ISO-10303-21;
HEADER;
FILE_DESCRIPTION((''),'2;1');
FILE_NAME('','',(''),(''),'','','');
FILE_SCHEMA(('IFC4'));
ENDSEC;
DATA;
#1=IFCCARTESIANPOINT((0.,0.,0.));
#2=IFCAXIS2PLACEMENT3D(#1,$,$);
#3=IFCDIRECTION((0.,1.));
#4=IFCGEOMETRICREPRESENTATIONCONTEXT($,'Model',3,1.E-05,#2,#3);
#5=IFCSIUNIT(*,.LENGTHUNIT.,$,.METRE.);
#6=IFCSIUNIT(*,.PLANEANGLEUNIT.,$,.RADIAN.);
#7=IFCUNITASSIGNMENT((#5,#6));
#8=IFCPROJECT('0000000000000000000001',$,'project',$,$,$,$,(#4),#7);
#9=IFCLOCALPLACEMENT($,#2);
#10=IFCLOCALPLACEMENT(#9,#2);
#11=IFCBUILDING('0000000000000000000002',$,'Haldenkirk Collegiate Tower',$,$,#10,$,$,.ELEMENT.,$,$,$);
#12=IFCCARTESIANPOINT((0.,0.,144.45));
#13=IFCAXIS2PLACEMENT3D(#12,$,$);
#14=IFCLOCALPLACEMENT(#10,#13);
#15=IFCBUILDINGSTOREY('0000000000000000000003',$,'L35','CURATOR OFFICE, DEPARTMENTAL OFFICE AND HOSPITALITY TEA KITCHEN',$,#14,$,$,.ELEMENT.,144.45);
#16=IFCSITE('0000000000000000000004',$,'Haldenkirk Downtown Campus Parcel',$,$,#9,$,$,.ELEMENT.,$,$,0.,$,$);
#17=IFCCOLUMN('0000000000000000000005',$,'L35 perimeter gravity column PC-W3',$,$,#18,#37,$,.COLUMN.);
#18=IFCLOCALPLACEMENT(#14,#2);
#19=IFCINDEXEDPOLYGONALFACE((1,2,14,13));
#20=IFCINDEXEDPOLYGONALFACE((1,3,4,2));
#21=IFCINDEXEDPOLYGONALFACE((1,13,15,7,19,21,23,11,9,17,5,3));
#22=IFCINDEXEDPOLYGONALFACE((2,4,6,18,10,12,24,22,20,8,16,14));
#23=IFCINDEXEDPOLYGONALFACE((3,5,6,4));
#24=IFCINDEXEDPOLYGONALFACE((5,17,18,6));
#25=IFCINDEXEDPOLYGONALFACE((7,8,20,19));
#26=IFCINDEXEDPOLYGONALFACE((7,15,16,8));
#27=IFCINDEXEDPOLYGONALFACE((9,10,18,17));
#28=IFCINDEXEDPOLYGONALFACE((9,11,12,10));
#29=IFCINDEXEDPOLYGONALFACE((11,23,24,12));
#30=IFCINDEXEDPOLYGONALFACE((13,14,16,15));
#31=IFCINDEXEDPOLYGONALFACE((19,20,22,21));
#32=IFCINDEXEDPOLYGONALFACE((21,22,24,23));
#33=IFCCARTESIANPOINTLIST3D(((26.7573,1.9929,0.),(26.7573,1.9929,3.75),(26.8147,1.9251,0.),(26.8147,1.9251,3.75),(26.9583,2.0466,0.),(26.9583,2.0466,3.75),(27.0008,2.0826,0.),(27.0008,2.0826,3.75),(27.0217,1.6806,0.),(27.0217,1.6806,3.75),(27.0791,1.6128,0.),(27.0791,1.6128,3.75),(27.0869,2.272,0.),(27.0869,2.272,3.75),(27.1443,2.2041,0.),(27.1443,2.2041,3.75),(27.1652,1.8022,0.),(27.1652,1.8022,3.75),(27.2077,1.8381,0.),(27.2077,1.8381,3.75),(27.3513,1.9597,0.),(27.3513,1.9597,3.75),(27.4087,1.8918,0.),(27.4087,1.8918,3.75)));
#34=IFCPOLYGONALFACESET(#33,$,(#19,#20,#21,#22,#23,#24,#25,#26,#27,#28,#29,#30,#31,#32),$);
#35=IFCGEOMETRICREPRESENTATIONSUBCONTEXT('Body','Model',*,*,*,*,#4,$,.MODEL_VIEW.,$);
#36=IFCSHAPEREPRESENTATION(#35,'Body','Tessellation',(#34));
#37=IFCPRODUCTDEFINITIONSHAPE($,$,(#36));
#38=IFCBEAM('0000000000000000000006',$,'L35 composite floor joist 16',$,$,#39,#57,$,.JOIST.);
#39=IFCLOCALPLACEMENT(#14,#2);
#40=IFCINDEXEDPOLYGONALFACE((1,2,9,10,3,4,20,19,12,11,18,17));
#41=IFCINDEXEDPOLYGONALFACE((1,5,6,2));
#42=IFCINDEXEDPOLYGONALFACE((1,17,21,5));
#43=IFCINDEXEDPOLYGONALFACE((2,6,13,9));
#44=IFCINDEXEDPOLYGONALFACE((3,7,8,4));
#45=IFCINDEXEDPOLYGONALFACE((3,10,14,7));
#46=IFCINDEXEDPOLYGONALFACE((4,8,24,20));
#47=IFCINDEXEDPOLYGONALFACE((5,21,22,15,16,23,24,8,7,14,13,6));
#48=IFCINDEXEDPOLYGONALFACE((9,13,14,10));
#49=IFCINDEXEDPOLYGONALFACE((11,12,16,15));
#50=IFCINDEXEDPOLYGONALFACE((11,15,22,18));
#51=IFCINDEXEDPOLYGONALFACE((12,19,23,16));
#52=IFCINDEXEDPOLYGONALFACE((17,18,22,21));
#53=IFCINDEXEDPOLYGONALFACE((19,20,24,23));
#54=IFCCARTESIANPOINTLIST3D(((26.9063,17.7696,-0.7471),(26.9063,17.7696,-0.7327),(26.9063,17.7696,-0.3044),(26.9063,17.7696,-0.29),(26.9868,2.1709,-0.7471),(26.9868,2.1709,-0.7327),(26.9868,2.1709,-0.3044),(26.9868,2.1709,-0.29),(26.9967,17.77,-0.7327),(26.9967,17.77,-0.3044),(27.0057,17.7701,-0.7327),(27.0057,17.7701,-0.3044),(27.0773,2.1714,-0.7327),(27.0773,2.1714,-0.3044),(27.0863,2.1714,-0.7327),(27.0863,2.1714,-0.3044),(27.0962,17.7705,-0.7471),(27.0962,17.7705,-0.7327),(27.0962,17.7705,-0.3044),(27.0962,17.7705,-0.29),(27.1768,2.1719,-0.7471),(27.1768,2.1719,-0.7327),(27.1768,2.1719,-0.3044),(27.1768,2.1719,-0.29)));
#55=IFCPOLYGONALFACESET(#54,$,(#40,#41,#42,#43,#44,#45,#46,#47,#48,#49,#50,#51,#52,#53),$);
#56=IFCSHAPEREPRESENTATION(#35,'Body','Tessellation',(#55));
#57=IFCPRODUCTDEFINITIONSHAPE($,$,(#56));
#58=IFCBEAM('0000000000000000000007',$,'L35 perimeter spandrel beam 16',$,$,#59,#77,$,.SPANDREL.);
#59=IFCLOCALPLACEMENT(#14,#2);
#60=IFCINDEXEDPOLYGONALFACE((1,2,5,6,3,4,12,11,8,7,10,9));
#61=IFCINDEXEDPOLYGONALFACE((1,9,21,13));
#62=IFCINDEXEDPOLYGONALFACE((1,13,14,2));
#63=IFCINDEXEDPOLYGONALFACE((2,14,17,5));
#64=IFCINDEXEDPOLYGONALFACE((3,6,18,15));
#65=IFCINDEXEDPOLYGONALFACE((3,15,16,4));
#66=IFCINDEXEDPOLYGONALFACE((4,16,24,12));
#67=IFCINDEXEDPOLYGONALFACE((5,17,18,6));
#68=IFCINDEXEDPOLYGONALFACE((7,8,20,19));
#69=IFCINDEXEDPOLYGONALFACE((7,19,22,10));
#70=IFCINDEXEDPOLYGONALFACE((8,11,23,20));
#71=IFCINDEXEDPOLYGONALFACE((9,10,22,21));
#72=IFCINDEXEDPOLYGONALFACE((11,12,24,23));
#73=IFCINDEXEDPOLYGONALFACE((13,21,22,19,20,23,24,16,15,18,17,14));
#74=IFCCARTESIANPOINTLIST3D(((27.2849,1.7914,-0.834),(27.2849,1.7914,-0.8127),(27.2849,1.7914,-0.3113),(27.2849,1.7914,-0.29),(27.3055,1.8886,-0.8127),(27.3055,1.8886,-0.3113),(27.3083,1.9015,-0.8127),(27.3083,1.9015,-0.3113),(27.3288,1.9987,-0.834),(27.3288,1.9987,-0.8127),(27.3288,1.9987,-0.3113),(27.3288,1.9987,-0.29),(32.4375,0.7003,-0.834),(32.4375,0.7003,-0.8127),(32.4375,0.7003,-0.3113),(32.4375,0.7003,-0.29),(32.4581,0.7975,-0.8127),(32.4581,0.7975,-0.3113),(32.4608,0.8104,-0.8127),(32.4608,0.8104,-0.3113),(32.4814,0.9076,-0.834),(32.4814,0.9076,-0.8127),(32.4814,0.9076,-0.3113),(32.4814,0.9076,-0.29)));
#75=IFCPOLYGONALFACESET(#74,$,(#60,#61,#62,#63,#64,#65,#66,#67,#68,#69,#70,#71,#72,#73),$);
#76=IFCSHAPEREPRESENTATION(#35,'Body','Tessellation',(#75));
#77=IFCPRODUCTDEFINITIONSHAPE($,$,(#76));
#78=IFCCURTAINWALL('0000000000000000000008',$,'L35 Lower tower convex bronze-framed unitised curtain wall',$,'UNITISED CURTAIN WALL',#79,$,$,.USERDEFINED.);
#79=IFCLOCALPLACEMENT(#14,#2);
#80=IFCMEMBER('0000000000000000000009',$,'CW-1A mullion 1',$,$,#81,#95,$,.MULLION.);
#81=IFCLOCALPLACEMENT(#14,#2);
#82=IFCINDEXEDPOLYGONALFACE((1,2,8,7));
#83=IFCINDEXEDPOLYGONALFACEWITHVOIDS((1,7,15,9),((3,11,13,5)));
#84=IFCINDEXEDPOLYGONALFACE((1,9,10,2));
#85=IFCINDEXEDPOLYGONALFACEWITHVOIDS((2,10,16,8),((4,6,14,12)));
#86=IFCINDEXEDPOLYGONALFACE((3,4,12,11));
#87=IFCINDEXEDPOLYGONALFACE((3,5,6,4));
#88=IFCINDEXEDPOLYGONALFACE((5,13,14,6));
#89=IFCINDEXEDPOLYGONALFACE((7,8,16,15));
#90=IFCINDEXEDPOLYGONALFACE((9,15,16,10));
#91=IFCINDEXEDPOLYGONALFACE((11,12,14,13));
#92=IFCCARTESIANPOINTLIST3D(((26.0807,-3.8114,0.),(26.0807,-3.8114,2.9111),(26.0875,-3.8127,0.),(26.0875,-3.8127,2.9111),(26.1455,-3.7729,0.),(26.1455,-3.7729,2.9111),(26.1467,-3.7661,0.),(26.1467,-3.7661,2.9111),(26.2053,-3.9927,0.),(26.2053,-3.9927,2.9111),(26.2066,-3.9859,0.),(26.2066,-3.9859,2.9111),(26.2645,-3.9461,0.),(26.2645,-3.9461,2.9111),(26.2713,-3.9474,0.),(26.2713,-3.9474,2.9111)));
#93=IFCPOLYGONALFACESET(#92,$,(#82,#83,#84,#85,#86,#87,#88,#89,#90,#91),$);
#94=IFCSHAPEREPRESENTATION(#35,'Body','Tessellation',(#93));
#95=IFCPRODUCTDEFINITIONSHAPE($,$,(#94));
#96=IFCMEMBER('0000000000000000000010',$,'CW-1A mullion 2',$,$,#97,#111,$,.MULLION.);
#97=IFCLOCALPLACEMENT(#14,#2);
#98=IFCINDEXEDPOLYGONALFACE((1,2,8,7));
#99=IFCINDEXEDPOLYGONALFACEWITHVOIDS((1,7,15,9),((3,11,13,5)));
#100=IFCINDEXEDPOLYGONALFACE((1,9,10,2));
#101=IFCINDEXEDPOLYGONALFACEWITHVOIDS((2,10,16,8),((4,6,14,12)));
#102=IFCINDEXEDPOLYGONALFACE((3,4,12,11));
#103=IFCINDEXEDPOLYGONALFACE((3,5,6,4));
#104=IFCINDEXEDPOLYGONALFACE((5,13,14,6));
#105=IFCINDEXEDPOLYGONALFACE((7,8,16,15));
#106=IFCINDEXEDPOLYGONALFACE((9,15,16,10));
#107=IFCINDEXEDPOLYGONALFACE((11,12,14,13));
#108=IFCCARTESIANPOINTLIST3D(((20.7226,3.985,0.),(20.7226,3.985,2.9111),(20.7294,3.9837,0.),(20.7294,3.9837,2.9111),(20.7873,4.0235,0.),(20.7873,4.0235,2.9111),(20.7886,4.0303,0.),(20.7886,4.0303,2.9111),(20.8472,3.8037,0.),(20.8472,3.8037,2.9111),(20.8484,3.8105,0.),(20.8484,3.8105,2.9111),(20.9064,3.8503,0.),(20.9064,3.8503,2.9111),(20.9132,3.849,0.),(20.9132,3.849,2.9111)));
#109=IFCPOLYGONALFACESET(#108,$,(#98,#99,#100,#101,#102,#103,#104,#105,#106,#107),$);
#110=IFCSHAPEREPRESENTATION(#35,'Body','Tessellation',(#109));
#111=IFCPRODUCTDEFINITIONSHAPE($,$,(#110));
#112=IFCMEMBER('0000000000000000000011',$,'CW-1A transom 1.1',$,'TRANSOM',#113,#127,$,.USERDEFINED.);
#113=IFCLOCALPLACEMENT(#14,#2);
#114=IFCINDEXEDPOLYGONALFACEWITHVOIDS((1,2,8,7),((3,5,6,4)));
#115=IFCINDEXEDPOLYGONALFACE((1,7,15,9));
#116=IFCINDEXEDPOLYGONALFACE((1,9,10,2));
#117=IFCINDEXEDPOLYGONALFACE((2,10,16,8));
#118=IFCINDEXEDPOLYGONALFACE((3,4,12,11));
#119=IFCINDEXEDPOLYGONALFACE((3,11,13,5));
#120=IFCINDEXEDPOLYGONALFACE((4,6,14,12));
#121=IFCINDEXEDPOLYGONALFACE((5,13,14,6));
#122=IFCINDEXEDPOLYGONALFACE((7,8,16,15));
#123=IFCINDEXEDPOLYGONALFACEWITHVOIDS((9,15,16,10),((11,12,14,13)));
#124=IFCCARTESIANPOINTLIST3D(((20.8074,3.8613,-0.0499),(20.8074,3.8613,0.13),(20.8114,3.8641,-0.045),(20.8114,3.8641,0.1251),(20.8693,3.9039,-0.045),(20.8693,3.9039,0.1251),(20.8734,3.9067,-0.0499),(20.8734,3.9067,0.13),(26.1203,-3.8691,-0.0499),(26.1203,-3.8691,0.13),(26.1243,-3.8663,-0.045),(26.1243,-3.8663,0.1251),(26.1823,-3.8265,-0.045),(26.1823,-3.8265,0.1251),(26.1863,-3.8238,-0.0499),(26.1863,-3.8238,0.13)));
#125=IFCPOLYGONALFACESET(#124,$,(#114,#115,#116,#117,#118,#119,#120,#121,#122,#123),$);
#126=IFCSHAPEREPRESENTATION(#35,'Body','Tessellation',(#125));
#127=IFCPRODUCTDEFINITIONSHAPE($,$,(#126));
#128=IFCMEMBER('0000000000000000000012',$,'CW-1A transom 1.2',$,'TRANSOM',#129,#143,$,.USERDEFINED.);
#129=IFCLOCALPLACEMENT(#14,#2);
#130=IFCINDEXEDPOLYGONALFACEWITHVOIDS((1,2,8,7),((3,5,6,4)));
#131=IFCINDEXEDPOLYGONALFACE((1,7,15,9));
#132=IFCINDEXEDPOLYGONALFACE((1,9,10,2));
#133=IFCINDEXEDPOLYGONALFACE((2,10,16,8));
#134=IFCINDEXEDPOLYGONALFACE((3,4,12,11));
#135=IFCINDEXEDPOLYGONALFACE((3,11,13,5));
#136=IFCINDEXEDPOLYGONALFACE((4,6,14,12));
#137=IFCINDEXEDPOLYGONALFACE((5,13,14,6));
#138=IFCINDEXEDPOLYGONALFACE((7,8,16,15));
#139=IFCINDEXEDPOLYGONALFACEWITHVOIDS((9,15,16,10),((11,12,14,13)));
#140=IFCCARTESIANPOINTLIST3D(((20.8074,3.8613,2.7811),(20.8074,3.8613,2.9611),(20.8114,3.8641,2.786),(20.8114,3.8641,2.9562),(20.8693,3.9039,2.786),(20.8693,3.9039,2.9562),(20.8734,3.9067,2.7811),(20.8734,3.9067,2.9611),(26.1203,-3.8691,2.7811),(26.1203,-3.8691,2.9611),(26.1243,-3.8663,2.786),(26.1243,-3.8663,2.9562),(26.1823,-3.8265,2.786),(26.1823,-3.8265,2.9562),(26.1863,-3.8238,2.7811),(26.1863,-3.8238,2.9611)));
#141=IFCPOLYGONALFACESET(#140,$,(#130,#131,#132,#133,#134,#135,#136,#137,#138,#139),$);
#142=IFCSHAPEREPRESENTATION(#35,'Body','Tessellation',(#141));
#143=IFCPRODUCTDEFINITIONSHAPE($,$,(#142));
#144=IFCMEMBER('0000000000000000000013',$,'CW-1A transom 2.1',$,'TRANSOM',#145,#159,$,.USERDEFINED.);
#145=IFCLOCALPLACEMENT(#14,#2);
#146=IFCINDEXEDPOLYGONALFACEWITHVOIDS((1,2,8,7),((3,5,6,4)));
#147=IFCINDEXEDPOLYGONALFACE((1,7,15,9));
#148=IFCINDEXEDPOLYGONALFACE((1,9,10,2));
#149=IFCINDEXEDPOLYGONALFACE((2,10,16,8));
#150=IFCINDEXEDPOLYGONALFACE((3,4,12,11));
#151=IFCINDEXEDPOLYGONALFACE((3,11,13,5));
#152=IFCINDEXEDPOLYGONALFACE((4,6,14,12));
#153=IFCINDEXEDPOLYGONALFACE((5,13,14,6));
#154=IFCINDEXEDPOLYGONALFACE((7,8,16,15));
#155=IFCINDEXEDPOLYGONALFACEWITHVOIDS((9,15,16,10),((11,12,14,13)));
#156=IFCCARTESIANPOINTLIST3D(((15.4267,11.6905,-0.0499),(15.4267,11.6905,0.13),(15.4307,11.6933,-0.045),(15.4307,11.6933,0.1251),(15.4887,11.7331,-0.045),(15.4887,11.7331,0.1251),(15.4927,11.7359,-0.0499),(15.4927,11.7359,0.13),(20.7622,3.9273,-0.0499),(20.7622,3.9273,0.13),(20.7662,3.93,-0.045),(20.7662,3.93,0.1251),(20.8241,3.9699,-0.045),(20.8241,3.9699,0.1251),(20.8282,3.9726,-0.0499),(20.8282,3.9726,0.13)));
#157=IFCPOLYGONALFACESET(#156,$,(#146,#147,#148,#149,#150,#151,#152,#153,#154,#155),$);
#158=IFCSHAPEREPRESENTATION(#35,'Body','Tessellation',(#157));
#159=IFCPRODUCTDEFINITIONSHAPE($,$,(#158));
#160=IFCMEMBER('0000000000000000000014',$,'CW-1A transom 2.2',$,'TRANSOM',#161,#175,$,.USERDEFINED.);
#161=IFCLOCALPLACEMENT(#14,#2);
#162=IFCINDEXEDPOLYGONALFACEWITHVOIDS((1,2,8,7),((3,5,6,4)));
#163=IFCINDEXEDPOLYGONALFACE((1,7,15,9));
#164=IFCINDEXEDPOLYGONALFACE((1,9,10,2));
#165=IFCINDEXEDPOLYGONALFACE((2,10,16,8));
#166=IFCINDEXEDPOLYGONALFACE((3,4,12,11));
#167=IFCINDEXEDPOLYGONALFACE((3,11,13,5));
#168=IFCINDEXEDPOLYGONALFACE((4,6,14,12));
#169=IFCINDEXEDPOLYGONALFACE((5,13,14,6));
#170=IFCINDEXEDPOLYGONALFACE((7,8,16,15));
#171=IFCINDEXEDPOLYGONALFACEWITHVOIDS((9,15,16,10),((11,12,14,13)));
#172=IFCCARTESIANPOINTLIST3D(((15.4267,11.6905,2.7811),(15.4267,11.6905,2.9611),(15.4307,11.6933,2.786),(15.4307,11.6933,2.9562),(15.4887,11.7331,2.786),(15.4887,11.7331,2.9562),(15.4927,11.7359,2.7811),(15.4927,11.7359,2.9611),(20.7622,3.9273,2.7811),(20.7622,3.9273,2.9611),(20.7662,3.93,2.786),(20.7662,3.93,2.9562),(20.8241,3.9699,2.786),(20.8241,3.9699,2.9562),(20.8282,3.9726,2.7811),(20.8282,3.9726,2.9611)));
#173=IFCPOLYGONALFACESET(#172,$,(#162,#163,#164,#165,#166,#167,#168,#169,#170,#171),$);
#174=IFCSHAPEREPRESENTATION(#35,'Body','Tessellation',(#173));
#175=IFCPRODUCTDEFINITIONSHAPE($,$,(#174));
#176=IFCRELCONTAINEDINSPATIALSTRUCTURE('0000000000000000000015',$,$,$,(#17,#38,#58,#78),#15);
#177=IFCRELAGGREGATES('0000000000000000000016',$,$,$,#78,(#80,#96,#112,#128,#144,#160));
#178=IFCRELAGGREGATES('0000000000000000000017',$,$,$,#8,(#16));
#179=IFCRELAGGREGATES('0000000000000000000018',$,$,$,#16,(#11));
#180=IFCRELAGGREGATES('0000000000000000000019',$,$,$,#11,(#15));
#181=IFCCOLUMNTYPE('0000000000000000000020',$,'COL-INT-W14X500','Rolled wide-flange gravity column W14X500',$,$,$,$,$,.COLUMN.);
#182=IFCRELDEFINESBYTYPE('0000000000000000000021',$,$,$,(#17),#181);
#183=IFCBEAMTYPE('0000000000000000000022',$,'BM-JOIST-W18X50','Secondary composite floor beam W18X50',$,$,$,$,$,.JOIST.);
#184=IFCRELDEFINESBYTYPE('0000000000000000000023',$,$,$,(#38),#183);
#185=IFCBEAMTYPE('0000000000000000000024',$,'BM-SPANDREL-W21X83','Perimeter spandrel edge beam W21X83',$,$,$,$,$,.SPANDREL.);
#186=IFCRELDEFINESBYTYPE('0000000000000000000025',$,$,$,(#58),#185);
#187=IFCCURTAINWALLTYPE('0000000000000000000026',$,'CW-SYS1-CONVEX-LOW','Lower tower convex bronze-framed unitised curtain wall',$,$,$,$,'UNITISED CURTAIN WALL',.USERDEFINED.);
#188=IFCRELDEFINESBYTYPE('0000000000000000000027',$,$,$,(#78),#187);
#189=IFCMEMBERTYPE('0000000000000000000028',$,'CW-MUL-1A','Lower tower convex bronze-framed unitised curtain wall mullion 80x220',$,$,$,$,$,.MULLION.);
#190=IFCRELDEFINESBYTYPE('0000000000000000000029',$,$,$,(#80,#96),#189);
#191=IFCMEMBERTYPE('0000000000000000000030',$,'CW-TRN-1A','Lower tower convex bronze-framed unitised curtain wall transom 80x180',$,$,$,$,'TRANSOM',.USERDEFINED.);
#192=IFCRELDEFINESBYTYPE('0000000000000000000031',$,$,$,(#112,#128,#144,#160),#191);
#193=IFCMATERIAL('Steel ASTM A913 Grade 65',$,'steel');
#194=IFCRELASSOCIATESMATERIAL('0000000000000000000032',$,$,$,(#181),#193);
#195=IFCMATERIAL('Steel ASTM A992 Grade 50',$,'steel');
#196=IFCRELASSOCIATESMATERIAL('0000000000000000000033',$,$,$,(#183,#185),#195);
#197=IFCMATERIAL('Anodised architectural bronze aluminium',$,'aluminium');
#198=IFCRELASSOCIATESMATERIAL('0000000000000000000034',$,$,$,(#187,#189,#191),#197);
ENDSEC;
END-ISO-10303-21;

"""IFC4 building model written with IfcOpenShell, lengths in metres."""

from ifc_helpers import new_model, si_unit, direction, frame, origin, origin_2d, place, context, subcontext, project, spatial, hollow_rectangle, i_section, extrude, material, material_profile, profile_set, type_object, element, aggregate, save


model = new_model("IFC4")

# Units and contexts
model_context = context("Model", 3, precision=1e-05, world=origin(), true_north=direction((0.0, 1.0)))
body_context = subcontext(model_context, "Body", "Model", "MODEL_VIEW")
ifc_project = project(units=[si_unit("LENGTHUNIT", "METRE"), si_unit("PLANEANGLEUNIT", "RADIAN")], contexts=[model_context])

# Site, building, storey
site_placement = place(None, origin())
site = spatial("IfcSite", under=ifc_project, at=site_placement, Name="Haldenkirk Downtown Campus Parcel", CompositionType="ELEMENT", RefElevation=0.0)
building_placement = place(site_placement, origin())
building = spatial("IfcBuilding", under=site, at=building_placement, Name="Haldenkirk Collegiate Tower", CompositionType="ELEMENT")
storey_placement = place(building_placement, frame((0.0, 0.0, 144.45)))
storey = spatial("IfcBuildingStorey", under=building, at=storey_placement, Name="L35", Description="CURATOR OFFICE, DEPARTMENTAL OFFICE AND HOSPITALITY TEA KITCHEN", CompositionType="ELEMENT", Elevation=144.45)

# Column
ifc_material_1 = material(Name="Steel ASTM A913 Grade 65", Category="steel")
ifc_material_profile_1 = material_profile(ifc_material_1, i_section(OverallWidth=0.4319, OverallDepth=0.498, WebThickness=0.0557, FlangeThickness=0.0889, at=origin_2d()), Name="W14X500")
ifc_profile_set_1 = profile_set([ifc_material_profile_1], Name="Steel ASTM A913 Grade 65")
column_type = type_object("IfcColumnType", Name="COL-INT-W14X500", Description="Rolled wide-flange gravity column W14X500", PredefinedType="COLUMN", material=ifc_profile_set_1)
column_placement = place(storey_placement, frame((27.083, 1.9424, 0.0), z_axis=(0.0, 0.0, 1.0), x_axis=(0.763232, 0.646124, 0.0)))
element("IfcColumn", 1, at=column_placement, inside=storey, type_object=column_type, Name="L35 perimeter gravity column PC-W3", PredefinedType="COLUMN", context=body_context, shape_type="SweptSolid", body=[
    extrude(i_section(OverallWidth=0.4319, OverallDepth=0.498, WebThickness=0.0557, FlangeThickness=0.0889, at=origin_2d()), origin(), (0.0, 0.0, 1.0), 3.75),
])

# Beams
ifc_material_2 = material(Name="Steel ASTM A992 Grade 50", Category="steel")
ifc_material_profile_2 = material_profile(ifc_material_2, i_section(OverallWidth=0.1899, OverallDepth=0.457, WebThickness=0.009, FlangeThickness=0.0144, at=origin_2d()), Name="W18X50")
ifc_profile_set_2 = profile_set([ifc_material_profile_2], Name="Steel ASTM A992 Grade 50")
beam_type_1 = type_object("IfcBeamType", Name="BM-JOIST-W18X50", Description="Secondary composite floor beam W18X50", PredefinedType="JOIST", material=ifc_profile_set_2)
beam_1_placement = place(storey_placement, frame((27.0818, 2.1714, -0.5186), z_axis=(-0.005165, 0.999987, 0.0), x_axis=(-0.999987, -0.005165, 0.0)))
element("IfcBeam", 2, at=beam_1_placement, inside=storey, type_object=beam_type_1, Name="L35 composite floor joist 16", PredefinedType="JOIST", context=body_context, shape_type="SweptSolid", body=[
    extrude(i_section(OverallWidth=0.1899, OverallDepth=0.457, WebThickness=0.009, FlangeThickness=0.0144, at=origin_2d()), origin(), (0.0, 0.0, 1.0), 15.5989),
])
ifc_material_profile_3 = material_profile(ifc_material_2, i_section(OverallWidth=0.2119, OverallDepth=0.5439, WebThickness=0.0132, FlangeThickness=0.0212, at=origin_2d()), Name="W21X83")
ifc_profile_set_3 = profile_set([ifc_material_profile_3], Name="Steel ASTM A992 Grade 50")
beam_type_2 = type_object("IfcBeamType", Name="BM-SPANDREL-W21X83", Description="Perimeter spandrel edge beam W21X83", PredefinedType="SPANDREL", material=ifc_profile_set_3)
beam_2_placement = place(storey_placement, frame((27.3069, 1.895, -0.562), z_axis=(0.978308, -0.207157, 0.0), x_axis=(0.207157, 0.978308, 0.0)))
element("IfcBeam", 3, at=beam_2_placement, inside=storey, type_object=beam_type_2, Name="L35 perimeter spandrel beam 16", PredefinedType="SPANDREL", context=body_context, shape_type="SweptSolid", body=[
    extrude(i_section(OverallWidth=0.2119, OverallDepth=0.5439, WebThickness=0.0132, FlangeThickness=0.0212, at=origin_2d()), origin(), (0.0, 0.0, 1.0), 5.2668),
])

# Curtain wall, members
ifc_material_3 = material(Name="Anodised architectural bronze aluminium", Category="aluminium")
curtain_wall_type = type_object("IfcCurtainWallType", Name="CW-SYS1-CONVEX-LOW", Description="Lower tower convex bronze-framed unitised curtain wall", ElementType="UNITISED CURTAIN WALL", PredefinedType="USERDEFINED", material=ifc_material_3)
curtain_wall_placement = place(storey_placement, origin())
curtain_wall = element("IfcCurtainWall", 4, at=curtain_wall_placement, inside=storey, type_object=curtain_wall_type, Name="L35 Lower tower convex bronze-framed unitised curtain wall", ObjectType="UNITISED CURTAIN WALL", PredefinedType="USERDEFINED")
ifc_material_profile_4 = material_profile(ifc_material_3, hollow_rectangle(XDim=0.0801, YDim=0.22, WallThickness=0.0049, at=origin_2d()), Name="CW-MUL-1A")
ifc_profile_set_4 = profile_set([ifc_material_profile_4], Name="Anodised architectural bronze aluminium")
member_type_1 = type_object("IfcMemberType", Name="CW-MUL-1A", Description="Lower tower convex bronze-framed unitised curtain wall mullion 80x220", PredefinedType="MULLION", material=ifc_profile_set_4)
member_1_placement = place(storey_placement, frame((26.176, -3.8794, 0.0), z_axis=(0.0, 0.0, 1.0), x_axis=(-0.824129, -0.566403, 0.0)))
member_1 = element("IfcMember", 5, at=member_1_placement, type_object=member_type_1, Name="CW-1A mullion 1", PredefinedType="MULLION", context=body_context, shape_type="SweptSolid", body=[
    extrude(hollow_rectangle(XDim=0.0801, YDim=0.22, WallThickness=0.0049, at=origin_2d()), origin(), (0.0, 0.0, 1.0), 2.9111),
])
member_2_placement = place(storey_placement, frame((20.8179, 3.917, 0.0), z_axis=(0.0, 0.0, 1.0), x_axis=(-0.824129, -0.566403, 0.0)))
member_2 = element("IfcMember", 6, at=member_2_placement, type_object=member_type_1, Name="CW-1A mullion 2", PredefinedType="MULLION", context=body_context, shape_type="SweptSolid", body=[
    extrude(hollow_rectangle(XDim=0.0801, YDim=0.22, WallThickness=0.0049, at=origin_2d()), origin(), (0.0, 0.0, 1.0), 2.9111),
])
ifc_material_profile_5 = material_profile(ifc_material_3, hollow_rectangle(XDim=0.0801, YDim=0.1799, WallThickness=0.0049, at=origin_2d()), Name="CW-TRN-1A")
ifc_profile_set_5 = profile_set([ifc_material_profile_5], Name="Anodised architectural bronze aluminium")
member_type_2 = type_object("IfcMemberType", Name="CW-TRN-1A", Description="Lower tower convex bronze-framed unitised curtain wall transom 80x180", ElementType="TRANSOM", PredefinedType="USERDEFINED", material=ifc_profile_set_5)
member_3_placement = place(storey_placement, frame((26.1533, -3.8464, 0.04), z_axis=(-0.566405, 0.824127, 0.0), x_axis=(-0.824127, -0.566405, 0.0)))
member_3 = element("IfcMember", 7, at=member_3_placement, type_object=member_type_2, Name="CW-1A transom 1.1", ObjectType="TRANSOM", PredefinedType="USERDEFINED", context=body_context, shape_type="SweptSolid", body=[
    extrude(hollow_rectangle(XDim=0.0801, YDim=0.1799, WallThickness=0.0049, at=origin_2d()), origin(), (0.0, 0.0, 1.0), 9.3801),
])
member_4_placement = place(storey_placement, frame((26.1533, -3.8464, 2.8711), z_axis=(-0.566405, 0.824127, 0.0), x_axis=(-0.824127, -0.566405, 0.0)))
member_4 = element("IfcMember", 8, at=member_4_placement, type_object=member_type_2, Name="CW-1A transom 1.2", ObjectType="TRANSOM", PredefinedType="USERDEFINED", context=body_context, shape_type="SweptSolid", body=[
    extrude(hollow_rectangle(XDim=0.0801, YDim=0.1799, WallThickness=0.0049, at=origin_2d()), origin(), (0.0, 0.0, 1.0), 9.3801),
])
member_5_placement = place(storey_placement, frame((20.7952, 3.95, 0.04), z_axis=(-0.566403, 0.824128, 0.0), x_axis=(-0.824128, -0.566403, 0.0)))
member_5 = element("IfcMember", 9, at=member_5_placement, type_object=member_type_2, Name="CW-1A transom 2.1", ObjectType="TRANSOM", PredefinedType="USERDEFINED", context=body_context, shape_type="SweptSolid", body=[
    extrude(hollow_rectangle(XDim=0.0801, YDim=0.1799, WallThickness=0.0049, at=origin_2d()), origin(), (0.0, 0.0, 1.0), 9.4199),
])
member_6_placement = place(storey_placement, frame((20.7952, 3.95, 2.8711), z_axis=(-0.566403, 0.824128, 0.0), x_axis=(-0.824128, -0.566403, 0.0)))
member_6 = element("IfcMember", 10, at=member_6_placement, type_object=member_type_2, Name="CW-1A transom 2.2", ObjectType="TRANSOM", PredefinedType="USERDEFINED", context=body_context, shape_type="SweptSolid", body=[
    extrude(hollow_rectangle(XDim=0.0801, YDim=0.1799, WallThickness=0.0049, at=origin_2d()), origin(), (0.0, 0.0, 1.0), 9.4199),
])
aggregate(curtain_wall, [member_1, member_2, member_3, member_4, member_5, member_6])

save(model, "model.ifc")
